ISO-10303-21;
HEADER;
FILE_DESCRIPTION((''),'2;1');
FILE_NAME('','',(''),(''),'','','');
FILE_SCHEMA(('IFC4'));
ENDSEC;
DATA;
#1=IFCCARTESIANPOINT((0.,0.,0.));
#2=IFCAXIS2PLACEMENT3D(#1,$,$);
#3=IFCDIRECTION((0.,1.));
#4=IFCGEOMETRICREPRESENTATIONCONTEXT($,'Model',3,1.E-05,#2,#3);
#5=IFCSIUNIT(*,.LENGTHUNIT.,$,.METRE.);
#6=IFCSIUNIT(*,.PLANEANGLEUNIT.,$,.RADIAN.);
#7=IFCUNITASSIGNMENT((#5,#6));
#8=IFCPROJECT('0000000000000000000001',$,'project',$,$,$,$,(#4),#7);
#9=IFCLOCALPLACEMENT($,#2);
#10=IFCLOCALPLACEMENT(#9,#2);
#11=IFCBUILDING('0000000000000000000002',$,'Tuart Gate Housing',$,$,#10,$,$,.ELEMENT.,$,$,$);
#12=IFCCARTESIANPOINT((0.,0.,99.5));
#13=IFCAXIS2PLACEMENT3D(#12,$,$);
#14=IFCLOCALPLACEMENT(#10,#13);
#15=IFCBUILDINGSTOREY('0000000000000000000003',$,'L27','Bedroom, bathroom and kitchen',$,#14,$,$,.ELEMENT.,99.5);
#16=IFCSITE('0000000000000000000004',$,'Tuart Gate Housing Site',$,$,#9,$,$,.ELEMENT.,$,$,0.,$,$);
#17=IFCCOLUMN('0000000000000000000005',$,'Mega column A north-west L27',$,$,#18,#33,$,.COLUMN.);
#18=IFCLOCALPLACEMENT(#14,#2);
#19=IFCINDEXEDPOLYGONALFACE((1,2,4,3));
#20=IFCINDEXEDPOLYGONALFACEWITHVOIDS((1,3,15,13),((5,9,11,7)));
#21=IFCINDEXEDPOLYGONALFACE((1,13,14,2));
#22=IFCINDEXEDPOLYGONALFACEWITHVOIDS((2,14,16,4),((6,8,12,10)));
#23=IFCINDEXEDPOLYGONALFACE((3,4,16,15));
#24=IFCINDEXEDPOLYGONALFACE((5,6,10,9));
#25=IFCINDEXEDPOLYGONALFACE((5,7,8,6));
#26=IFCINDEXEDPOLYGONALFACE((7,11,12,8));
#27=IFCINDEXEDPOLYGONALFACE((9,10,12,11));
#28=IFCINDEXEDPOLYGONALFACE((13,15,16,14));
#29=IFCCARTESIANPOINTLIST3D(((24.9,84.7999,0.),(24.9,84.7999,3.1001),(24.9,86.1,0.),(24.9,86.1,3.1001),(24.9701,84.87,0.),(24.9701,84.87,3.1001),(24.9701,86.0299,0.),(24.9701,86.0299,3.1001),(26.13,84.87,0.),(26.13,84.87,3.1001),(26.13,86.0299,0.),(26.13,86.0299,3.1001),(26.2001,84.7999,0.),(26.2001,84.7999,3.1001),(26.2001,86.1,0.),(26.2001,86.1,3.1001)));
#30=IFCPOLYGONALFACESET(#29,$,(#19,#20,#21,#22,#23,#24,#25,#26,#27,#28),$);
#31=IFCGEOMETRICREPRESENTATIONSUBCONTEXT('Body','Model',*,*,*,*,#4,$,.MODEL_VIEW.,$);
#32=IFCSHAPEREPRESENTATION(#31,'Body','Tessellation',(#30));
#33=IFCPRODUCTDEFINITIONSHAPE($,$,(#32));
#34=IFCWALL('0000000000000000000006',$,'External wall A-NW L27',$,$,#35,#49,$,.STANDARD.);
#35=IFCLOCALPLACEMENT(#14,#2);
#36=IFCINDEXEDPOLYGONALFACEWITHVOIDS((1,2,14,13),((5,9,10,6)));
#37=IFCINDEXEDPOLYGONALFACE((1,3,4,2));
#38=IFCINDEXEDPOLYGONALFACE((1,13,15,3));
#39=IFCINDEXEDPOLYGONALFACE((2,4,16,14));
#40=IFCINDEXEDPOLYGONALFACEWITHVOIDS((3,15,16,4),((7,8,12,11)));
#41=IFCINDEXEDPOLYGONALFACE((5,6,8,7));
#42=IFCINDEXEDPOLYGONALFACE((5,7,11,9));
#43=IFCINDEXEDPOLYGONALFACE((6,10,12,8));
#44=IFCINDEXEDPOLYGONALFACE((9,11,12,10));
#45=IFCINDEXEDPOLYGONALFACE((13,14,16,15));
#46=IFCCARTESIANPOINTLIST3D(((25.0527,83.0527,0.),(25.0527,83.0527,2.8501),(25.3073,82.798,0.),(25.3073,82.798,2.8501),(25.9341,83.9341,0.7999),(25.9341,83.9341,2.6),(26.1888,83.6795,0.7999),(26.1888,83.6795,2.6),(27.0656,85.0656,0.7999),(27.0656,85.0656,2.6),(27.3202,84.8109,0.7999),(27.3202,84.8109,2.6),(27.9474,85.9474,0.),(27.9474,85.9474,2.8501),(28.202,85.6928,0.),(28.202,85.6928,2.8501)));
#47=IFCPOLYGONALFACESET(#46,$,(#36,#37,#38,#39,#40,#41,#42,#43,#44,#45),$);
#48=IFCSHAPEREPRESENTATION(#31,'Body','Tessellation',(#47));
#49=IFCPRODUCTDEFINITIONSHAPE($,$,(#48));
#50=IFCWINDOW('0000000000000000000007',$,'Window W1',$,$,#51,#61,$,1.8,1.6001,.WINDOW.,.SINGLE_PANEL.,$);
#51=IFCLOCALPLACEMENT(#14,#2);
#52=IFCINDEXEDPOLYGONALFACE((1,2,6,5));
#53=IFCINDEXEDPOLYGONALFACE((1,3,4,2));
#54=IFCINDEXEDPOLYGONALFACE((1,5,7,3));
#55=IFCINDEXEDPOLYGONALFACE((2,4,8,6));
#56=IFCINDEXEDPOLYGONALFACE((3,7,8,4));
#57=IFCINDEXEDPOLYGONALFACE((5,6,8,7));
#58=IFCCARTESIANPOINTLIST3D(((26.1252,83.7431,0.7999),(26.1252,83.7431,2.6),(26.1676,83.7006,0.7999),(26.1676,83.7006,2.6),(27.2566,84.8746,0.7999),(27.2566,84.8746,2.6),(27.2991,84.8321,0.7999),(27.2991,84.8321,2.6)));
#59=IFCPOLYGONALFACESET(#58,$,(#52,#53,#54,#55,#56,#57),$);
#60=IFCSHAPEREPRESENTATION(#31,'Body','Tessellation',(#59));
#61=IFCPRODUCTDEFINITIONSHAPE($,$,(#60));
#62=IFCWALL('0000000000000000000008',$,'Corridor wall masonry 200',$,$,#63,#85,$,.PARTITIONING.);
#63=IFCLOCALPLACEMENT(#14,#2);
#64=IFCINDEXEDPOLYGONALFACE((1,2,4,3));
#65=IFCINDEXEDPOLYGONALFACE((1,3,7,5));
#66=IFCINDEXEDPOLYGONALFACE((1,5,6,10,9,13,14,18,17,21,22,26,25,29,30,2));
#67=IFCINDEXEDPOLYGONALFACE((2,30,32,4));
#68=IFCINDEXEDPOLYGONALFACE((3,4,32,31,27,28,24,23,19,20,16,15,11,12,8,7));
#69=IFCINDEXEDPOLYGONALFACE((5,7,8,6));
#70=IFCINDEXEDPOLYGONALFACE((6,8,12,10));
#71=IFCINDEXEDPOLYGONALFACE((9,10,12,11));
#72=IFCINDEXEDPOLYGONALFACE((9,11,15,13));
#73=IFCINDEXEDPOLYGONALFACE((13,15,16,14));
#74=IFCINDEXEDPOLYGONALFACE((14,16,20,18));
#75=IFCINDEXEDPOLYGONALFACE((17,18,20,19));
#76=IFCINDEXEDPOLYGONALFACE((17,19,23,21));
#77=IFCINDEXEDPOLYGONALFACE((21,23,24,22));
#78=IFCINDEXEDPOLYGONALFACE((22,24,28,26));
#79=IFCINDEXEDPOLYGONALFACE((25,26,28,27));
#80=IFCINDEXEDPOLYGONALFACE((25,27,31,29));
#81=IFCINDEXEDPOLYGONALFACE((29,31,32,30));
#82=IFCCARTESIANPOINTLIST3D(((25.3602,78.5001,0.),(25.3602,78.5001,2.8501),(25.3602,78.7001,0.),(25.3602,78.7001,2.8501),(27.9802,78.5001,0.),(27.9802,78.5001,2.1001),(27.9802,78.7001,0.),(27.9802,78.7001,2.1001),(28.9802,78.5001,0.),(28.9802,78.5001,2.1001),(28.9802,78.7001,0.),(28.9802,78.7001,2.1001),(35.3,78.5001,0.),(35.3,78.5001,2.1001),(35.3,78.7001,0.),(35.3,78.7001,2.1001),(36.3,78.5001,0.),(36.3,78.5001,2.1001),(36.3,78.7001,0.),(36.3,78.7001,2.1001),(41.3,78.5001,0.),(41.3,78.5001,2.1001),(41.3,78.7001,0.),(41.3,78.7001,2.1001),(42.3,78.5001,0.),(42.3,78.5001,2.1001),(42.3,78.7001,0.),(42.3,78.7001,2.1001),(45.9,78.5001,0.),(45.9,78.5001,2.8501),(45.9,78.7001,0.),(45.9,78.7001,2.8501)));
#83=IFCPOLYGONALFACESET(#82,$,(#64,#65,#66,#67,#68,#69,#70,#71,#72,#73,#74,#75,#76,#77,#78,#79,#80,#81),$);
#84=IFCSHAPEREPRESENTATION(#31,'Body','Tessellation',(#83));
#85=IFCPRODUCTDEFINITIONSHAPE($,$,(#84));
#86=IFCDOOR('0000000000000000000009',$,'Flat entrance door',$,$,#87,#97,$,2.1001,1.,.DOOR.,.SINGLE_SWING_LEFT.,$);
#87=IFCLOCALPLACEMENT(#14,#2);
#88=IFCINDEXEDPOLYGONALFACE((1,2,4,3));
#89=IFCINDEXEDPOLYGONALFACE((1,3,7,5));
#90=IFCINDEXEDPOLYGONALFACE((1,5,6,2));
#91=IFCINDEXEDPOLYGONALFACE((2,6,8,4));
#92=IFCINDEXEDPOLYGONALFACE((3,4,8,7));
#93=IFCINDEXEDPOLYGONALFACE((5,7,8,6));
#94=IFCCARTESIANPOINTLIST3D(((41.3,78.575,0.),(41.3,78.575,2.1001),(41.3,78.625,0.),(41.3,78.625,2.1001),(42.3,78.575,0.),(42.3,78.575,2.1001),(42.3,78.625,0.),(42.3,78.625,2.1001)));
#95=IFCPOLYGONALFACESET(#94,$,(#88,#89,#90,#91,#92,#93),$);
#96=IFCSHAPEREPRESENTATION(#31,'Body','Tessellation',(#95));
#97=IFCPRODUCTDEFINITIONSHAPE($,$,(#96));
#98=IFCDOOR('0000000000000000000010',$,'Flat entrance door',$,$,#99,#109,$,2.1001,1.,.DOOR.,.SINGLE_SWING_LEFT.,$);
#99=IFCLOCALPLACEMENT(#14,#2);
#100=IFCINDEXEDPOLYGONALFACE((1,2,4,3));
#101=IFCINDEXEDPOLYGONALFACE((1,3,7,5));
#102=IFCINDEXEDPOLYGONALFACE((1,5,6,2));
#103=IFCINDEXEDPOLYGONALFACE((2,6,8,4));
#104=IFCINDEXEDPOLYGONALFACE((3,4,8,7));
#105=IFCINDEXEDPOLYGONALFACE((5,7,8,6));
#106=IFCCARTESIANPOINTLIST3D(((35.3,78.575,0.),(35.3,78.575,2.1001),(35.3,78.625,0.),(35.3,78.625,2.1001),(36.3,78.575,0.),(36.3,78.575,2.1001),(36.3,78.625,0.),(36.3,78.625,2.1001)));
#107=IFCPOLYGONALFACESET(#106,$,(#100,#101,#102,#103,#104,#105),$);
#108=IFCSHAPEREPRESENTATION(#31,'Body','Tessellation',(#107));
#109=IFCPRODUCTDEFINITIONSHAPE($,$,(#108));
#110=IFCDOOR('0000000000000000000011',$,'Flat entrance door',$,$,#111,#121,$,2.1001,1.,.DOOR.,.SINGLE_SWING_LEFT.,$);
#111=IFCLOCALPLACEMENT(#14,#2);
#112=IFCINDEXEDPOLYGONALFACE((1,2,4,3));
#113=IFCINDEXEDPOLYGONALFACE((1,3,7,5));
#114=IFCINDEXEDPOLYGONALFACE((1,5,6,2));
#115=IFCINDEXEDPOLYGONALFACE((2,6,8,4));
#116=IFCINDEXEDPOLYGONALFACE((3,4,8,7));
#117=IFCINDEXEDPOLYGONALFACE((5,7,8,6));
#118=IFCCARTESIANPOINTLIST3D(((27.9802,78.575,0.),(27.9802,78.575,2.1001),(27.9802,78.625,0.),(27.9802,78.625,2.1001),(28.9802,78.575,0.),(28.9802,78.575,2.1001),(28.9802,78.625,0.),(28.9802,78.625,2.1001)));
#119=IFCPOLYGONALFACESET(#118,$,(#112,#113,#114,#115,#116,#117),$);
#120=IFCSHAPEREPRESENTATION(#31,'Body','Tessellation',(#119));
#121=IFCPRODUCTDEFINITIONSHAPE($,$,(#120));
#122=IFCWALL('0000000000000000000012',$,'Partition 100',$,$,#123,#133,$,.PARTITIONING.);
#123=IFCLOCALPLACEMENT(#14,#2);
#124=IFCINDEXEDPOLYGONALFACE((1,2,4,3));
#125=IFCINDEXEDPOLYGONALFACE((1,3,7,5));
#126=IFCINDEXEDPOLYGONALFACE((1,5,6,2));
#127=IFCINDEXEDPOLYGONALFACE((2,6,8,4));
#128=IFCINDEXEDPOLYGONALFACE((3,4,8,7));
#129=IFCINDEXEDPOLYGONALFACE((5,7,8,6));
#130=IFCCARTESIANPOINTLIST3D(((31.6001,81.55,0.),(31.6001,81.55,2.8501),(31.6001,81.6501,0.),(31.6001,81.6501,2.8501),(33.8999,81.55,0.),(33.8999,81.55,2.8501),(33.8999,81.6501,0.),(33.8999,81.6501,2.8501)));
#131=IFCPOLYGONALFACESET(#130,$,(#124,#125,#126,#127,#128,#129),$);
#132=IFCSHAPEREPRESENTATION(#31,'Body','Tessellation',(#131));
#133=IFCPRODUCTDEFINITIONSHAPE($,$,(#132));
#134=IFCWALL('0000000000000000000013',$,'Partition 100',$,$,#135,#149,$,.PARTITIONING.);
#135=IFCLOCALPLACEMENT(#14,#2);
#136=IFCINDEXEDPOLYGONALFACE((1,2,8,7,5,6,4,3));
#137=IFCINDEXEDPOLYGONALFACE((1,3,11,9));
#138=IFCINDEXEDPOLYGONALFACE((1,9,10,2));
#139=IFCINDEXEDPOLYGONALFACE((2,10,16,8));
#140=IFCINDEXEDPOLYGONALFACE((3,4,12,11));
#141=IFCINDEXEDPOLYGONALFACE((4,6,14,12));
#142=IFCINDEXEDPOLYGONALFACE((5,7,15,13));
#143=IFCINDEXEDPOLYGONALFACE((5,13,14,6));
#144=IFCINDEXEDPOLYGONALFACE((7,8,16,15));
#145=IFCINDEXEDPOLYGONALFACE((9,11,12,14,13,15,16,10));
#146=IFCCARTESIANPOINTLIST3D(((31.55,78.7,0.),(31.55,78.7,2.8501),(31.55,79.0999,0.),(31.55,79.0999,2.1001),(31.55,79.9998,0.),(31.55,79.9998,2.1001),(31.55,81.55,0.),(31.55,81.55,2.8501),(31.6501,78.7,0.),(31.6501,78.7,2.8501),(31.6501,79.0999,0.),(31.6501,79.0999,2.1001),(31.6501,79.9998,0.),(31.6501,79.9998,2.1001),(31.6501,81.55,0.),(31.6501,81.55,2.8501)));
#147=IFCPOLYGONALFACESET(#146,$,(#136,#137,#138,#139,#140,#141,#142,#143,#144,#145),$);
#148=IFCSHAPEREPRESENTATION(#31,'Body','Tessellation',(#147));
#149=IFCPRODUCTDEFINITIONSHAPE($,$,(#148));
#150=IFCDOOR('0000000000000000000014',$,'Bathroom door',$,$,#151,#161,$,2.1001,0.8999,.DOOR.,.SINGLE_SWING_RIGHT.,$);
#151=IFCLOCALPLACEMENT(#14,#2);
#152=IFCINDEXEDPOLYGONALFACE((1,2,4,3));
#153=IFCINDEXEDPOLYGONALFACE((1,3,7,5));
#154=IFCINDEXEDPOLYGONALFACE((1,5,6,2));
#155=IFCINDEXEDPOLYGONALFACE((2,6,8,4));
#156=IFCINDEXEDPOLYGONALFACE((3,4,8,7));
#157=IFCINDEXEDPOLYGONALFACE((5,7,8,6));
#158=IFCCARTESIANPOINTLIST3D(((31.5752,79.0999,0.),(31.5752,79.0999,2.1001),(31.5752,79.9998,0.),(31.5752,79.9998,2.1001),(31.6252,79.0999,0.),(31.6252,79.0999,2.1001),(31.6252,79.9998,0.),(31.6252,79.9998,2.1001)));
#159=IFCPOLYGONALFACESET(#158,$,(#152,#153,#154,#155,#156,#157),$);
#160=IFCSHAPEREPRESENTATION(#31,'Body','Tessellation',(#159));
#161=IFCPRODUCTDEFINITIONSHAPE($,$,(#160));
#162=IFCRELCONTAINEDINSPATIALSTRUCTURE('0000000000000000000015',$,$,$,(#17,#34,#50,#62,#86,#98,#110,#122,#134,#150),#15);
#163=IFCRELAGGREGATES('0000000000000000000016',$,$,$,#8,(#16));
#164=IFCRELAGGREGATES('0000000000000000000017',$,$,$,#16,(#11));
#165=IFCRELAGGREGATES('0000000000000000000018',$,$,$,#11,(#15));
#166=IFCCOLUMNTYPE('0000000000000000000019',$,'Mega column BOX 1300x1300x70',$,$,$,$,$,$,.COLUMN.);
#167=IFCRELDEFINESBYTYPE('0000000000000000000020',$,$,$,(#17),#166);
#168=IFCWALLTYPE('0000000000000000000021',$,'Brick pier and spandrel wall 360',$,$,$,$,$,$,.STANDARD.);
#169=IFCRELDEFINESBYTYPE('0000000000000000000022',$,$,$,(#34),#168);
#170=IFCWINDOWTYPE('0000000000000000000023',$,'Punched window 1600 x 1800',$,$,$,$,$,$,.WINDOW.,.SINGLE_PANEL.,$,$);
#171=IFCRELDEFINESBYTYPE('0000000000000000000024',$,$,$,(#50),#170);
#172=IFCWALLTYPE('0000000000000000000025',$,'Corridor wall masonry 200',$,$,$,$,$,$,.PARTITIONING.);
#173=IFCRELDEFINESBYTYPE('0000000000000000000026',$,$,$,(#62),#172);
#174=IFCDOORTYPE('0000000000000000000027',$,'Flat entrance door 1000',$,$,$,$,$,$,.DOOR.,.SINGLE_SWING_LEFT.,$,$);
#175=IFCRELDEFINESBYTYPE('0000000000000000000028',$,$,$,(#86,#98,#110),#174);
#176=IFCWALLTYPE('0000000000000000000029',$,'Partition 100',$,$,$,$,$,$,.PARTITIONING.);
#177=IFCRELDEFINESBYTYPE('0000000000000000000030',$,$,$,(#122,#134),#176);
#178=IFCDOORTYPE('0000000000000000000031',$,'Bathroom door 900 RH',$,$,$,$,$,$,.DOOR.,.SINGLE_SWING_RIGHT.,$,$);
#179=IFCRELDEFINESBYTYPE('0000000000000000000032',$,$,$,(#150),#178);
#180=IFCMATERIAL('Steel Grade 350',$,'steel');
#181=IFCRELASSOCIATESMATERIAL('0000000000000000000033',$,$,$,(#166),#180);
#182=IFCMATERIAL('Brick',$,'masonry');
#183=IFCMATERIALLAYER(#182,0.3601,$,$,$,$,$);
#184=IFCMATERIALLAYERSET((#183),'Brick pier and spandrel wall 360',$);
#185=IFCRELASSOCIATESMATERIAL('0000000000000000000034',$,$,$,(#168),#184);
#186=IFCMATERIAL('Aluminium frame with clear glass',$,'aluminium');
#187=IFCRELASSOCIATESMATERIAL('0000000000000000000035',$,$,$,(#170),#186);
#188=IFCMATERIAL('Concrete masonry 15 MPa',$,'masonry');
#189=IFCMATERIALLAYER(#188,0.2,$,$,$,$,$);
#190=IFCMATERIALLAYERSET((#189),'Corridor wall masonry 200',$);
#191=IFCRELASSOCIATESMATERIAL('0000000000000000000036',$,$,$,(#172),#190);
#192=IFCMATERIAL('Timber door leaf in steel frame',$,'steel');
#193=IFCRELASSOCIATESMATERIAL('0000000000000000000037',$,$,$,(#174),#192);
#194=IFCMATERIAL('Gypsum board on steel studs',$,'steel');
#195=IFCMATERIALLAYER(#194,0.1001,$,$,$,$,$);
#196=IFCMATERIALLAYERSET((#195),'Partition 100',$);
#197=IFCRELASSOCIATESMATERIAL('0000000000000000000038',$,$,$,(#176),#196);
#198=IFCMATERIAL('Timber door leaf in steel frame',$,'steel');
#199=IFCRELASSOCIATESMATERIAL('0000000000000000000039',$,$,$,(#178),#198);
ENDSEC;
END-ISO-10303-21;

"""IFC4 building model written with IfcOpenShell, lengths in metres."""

from ifc_helpers import new_model, si_unit, direction, frame, frame_2d, origin, origin_2d, place, context, subcontext, project, spatial, rectangle, hollow_rectangle, extrude, material, layer, layer_set, material_profile, profile_set, type_object, element, fill, save


model = new_model("IFC4")

# Units and contexts
model_context = context("Model", 3, precision=1e-05, world=origin(), true_north=direction((0.0, 1.0)))
body_context = subcontext(model_context, "Body", "Model", "MODEL_VIEW")
ifc_project = project(units=[si_unit("LENGTHUNIT", "METRE"), si_unit("PLANEANGLEUNIT", "RADIAN")], contexts=[model_context])

# Site, building, storey
site_placement = place(None, origin())
site = spatial("IfcSite", under=ifc_project, at=site_placement, Name="Tuart Gate Housing Site", CompositionType="ELEMENT", RefElevation=0.0)
building_placement = place(site_placement, origin())
building = spatial("IfcBuilding", under=site, at=building_placement, Name="Tuart Gate Housing", CompositionType="ELEMENT")
storey_placement = place(building_placement, frame((0.0, 0.0, 99.5)))
storey = spatial("IfcBuildingStorey", under=building, at=storey_placement, Name="L27", Description="Bedroom, bathroom and kitchen", CompositionType="ELEMENT", Elevation=99.5)

# Column
ifc_material_1 = material(Name="Steel Grade 350", Category="steel")
ifc_material_profile = material_profile(ifc_material_1, hollow_rectangle(XDim=1.3, YDim=1.3, WallThickness=0.0701, at=origin_2d()), Name="BOX 1300x1300x70")
ifc_profile_set = profile_set([ifc_material_profile], Name="Steel Grade 350")
column_type = type_object("IfcColumnType", Name="Mega column BOX 1300x1300x70", PredefinedType="COLUMN", material=ifc_profile_set)
column_placement = place(storey_placement, frame((25.55, 85.45, 0.0), z_axis=(0.0, 0.0, 1.0), x_axis=(1.0, 0.0, 0.0)))
element("IfcColumn", 1, at=column_placement, inside=storey, type_object=column_type, Name="Mega column A north-west L27", PredefinedType="COLUMN", context=body_context, shape_type="SweptSolid", body=[
    extrude(hollow_rectangle(XDim=1.3, YDim=1.3, WallThickness=0.0701, at=origin_2d()), origin(), (0.0, 0.0, 1.0), 3.1001),
])

# Wall, opening, window
ifc_material_2 = material(Name="Brick", Category="masonry")
ifc_layer_1 = layer(ifc_material_2, 0.3601)
ifc_layer_set_1 = layer_set([ifc_layer_1], Name="Brick pier and spandrel wall 360")
wall_type_1 = type_object("IfcWallType", Name="Brick pier and spandrel wall 360", PredefinedType="STANDARD", material=ifc_layer_set_1)
wall_1_placement = place(storey_placement, frame((28.0747, 85.8201, 0.0), z_axis=(0.0, 0.0, 1.0), x_axis=(-0.707107, -0.707107, 0.0)))
wall_1 = element("IfcWall", 2, at=wall_1_placement, inside=storey, type_object=wall_type_1, Name="External wall A-NW L27", PredefinedType="STANDARD", context=body_context, shape_type="SweptSolid", body=[
    extrude(rectangle(XDim=4.0938, YDim=0.3601, at=frame_2d((2.0469, 0.0))), origin(), (0.0, 0.0, 1.0), 2.8501),
])
opening_1_placement = place(wall_1_placement, frame((1.2471, 0.0, 0.8)))
opening_1 = element("IfcOpeningElement", 3, at=opening_1_placement, cuts=wall_1, PredefinedType="OPENING", context=body_context, shape_type="SweptSolid", body=[
    extrude(rectangle(XDim=1.6001, YDim=1.8, at=frame_2d((0.8, 0.8999))), frame((0.0, 0.1899, 0.0), z_axis=(0.0, -1.0, 0.0), x_axis=(1.0, 0.0, 0.0)), (0.0, 0.0, 1.0), 0.3801),
])
ifc_material_3 = material(Name="Aluminium frame with clear glass", Category="aluminium")
window_type_1 = type_object("IfcWindowType", Name="Punched window 1600 x 1800", PartitioningType="SINGLE_PANEL", PredefinedType="WINDOW", material=ifc_material_3)
window_1_placement = place(opening_1_placement, origin())
window_1 = element("IfcWindow", 4, at=window_1_placement, inside=storey, type_object=window_type_1, Name="Window W1", OverallHeight=1.8, OverallWidth=1.6001, PartitioningType="SINGLE_PANEL", PredefinedType="WINDOW", context=body_context, shape_type="SweptSolid", body=[
    extrude(rectangle(XDim=1.6001, YDim=1.8, at=frame_2d((0.8, 0.8999))), frame((0.0, 0.1501, 0.0), z_axis=(0.0, -1.0, 0.0), x_axis=(1.0, 0.0, 0.0)), (0.0, 0.0, 1.0), 0.0601),
])
fill(opening_1, window_1)

# Wall, openings, doors
ifc_material_4 = material(Name="Concrete masonry 15 MPa", Category="masonry")
ifc_layer_2 = layer(ifc_material_4, 0.2)
ifc_layer_set_2 = layer_set([ifc_layer_2], Name="Corridor wall masonry 200")
wall_type_2 = type_object("IfcWallType", Name="Corridor wall masonry 200", PredefinedType="PARTITIONING", material=ifc_layer_set_2)
wall_2_placement = place(storey_placement, frame((25.3601, 78.6001, 0.0), z_axis=(0.0, 0.0, 1.0), x_axis=(1.0, 0.0, 0.0)))
wall_2 = element("IfcWall", 5, at=wall_2_placement, inside=storey, type_object=wall_type_2, Name="Corridor wall masonry 200", PredefinedType="PARTITIONING", context=body_context, shape_type="SweptSolid", body=[
    extrude(rectangle(XDim=20.5398, YDim=0.2, at=frame_2d((10.27, 0.0))), origin(), (0.0, 0.0, 1.0), 2.8501),
])
opening_2_placement = place(wall_2_placement, frame((15.9399, 0.0, 0.0)))
opening_2 = element("IfcOpeningElement", 6, at=opening_2_placement, cuts=wall_2, PredefinedType="OPENING", context=body_context, shape_type="SweptSolid", body=[
    extrude(rectangle(XDim=1.0, YDim=2.1001, at=frame_2d((0.5, 1.05))), frame((0.0, 0.1099, 0.0), z_axis=(0.0, -1.0, 0.0), x_axis=(1.0, 0.0, 0.0)), (0.0, 0.0, 1.0), 0.22),
])
opening_3_placement = place(wall_2_placement, frame((9.9399, 0.0, 0.0)))
opening_3 = element("IfcOpeningElement", 7, at=opening_3_placement, cuts=wall_2, PredefinedType="OPENING", context=body_context, shape_type="SweptSolid", body=[
    extrude(rectangle(XDim=1.0, YDim=2.1001, at=frame_2d((0.5, 1.05))), frame((0.0, 0.1099, 0.0), z_axis=(0.0, -1.0, 0.0), x_axis=(1.0, 0.0, 0.0)), (0.0, 0.0, 1.0), 0.22),
])
opening_4_placement = place(wall_2_placement, frame((2.6201, 0.0, 0.0)))
opening_4 = element("IfcOpeningElement", 8, at=opening_4_placement, cuts=wall_2, PredefinedType="OPENING", context=body_context, shape_type="SweptSolid", body=[
    extrude(rectangle(XDim=1.0, YDim=2.1001, at=frame_2d((0.5, 1.05))), frame((0.0, 0.1099, 0.0), z_axis=(0.0, -1.0, 0.0), x_axis=(1.0, 0.0, 0.0)), (0.0, 0.0, 1.0), 0.22),
])
ifc_material_5 = material(Name="Timber door leaf in steel frame", Category="steel")
door_type_1 = type_object("IfcDoorType", Name="Flat entrance door 1000", OperationType="SINGLE_SWING_LEFT", PredefinedType="DOOR", material=ifc_material_5)
door_1_placement = place(opening_2_placement, origin())
door_1 = element("IfcDoor", 9, at=door_1_placement, inside=storey, type_object=door_type_1, Name="Flat entrance door", OperationType="SINGLE_SWING_LEFT", OverallHeight=2.1001, OverallWidth=1.0, PredefinedType="DOOR", context=body_context, shape_type="SweptSolid", body=[
    extrude(rectangle(XDim=1.0, YDim=2.1001, at=frame_2d((0.5, 1.05))), frame((0.0, 0.0249, 0.0), z_axis=(0.0, -1.0, 0.0), x_axis=(1.0, 0.0, 0.0)), (0.0, 0.0, 1.0), 0.05),
])
fill(opening_2, door_1)
door_2_placement = place(opening_3_placement, origin())
door_2 = element("IfcDoor", 10, at=door_2_placement, inside=storey, type_object=door_type_1, Name="Flat entrance door", OperationType="SINGLE_SWING_LEFT", OverallHeight=2.1001, OverallWidth=1.0, PredefinedType="DOOR", context=body_context, shape_type="SweptSolid", body=[
    extrude(rectangle(XDim=1.0, YDim=2.1001, at=frame_2d((0.5, 1.05))), frame((0.0, 0.0249, 0.0), z_axis=(0.0, -1.0, 0.0), x_axis=(1.0, 0.0, 0.0)), (0.0, 0.0, 1.0), 0.05),
])
fill(opening_3, door_2)
door_3_placement = place(opening_4_placement, origin())
door_3 = element("IfcDoor", 11, at=door_3_placement, inside=storey, type_object=door_type_1, Name="Flat entrance door", OperationType="SINGLE_SWING_LEFT", OverallHeight=2.1001, OverallWidth=1.0, PredefinedType="DOOR", context=body_context, shape_type="SweptSolid", body=[
    extrude(rectangle(XDim=1.0, YDim=2.1001, at=frame_2d((0.5, 1.05))), frame((0.0, 0.0249, 0.0), z_axis=(0.0, -1.0, 0.0), x_axis=(1.0, 0.0, 0.0)), (0.0, 0.0, 1.0), 0.05),
])
fill(opening_4, door_3)

# Wall
ifc_material_6 = material(Name="Gypsum board on steel studs", Category="steel")
ifc_layer_3 = layer(ifc_material_6, 0.1001)
ifc_layer_set_3 = layer_set([ifc_layer_3], Name="Partition 100")
wall_type_3 = type_object("IfcWallType", Name="Partition 100", PredefinedType="PARTITIONING", material=ifc_layer_set_3)
wall_3_placement = place(storey_placement, frame((31.6001, 81.6001, 0.0), z_axis=(0.0, 0.0, 1.0), x_axis=(1.0, 0.0, 0.0)))
element("IfcWall", 12, at=wall_3_placement, inside=storey, type_object=wall_type_3, Name="Partition 100", PredefinedType="PARTITIONING", context=body_context, shape_type="SweptSolid", body=[
    extrude(rectangle(XDim=2.2998, YDim=0.1001, at=frame_2d((1.1499, 0.0))), origin(), (0.0, 0.0, 1.0), 2.8501),
])

# Wall, opening, door
wall_4_placement = place(storey_placement, frame((31.6001, 78.7, 0.0), z_axis=(0.0, 0.0, 1.0), x_axis=(0.0, 1.0, 0.0)))
wall_4 = element("IfcWall", 13, at=wall_4_placement, inside=storey, type_object=wall_type_3, Name="Partition 100", PredefinedType="PARTITIONING", context=body_context, shape_type="SweptSolid", body=[
    extrude(rectangle(XDim=2.8501, YDim=0.1001, at=frame_2d((1.425, 0.0))), origin(), (0.0, 0.0, 1.0), 2.8501),
])
opening_5_placement = place(wall_4_placement, frame((0.3999, 0.0, 0.0)))
opening_5 = element("IfcOpeningElement", 14, at=opening_5_placement, cuts=wall_4, PredefinedType="OPENING", context=body_context, shape_type="SweptSolid", body=[
    extrude(rectangle(XDim=0.8999, YDim=2.1001, at=frame_2d((0.45, 1.05))), frame((0.0, 0.0601, 0.0), z_axis=(0.0, -1.0, 0.0), x_axis=(1.0, 0.0, 0.0)), (0.0, 0.0, 1.0), 0.1201),
])
ifc_material_7 = material(Name="Timber door leaf in steel frame", Category="steel")
door_type_2 = type_object("IfcDoorType", Name="Bathroom door 900 RH", OperationType="SINGLE_SWING_RIGHT", PredefinedType="DOOR", material=ifc_material_7)
door_4_placement = place(opening_5_placement, frame((0.8999, 0.0, 0.0), z_axis=(0.0, 0.0, 1.0), x_axis=(-1.0, 0.0, 0.0)))
door_4 = element("IfcDoor", 15, at=door_4_placement, inside=storey, type_object=door_type_2, Name="Bathroom door", OperationType="SINGLE_SWING_RIGHT", OverallHeight=2.1001, OverallWidth=0.8999, PredefinedType="DOOR", context=body_context, shape_type="SweptSolid", body=[
    extrude(rectangle(XDim=0.8999, YDim=2.1001, at=frame_2d((0.45, 1.05))), frame((0.0, 0.0251, 0.0), z_axis=(0.0, -1.0, 0.0), x_axis=(1.0, 0.0, 0.0)), (0.0, 0.0, 1.0), 0.05),
])
fill(opening_5, door_4)

save(model, "model.ifc")
